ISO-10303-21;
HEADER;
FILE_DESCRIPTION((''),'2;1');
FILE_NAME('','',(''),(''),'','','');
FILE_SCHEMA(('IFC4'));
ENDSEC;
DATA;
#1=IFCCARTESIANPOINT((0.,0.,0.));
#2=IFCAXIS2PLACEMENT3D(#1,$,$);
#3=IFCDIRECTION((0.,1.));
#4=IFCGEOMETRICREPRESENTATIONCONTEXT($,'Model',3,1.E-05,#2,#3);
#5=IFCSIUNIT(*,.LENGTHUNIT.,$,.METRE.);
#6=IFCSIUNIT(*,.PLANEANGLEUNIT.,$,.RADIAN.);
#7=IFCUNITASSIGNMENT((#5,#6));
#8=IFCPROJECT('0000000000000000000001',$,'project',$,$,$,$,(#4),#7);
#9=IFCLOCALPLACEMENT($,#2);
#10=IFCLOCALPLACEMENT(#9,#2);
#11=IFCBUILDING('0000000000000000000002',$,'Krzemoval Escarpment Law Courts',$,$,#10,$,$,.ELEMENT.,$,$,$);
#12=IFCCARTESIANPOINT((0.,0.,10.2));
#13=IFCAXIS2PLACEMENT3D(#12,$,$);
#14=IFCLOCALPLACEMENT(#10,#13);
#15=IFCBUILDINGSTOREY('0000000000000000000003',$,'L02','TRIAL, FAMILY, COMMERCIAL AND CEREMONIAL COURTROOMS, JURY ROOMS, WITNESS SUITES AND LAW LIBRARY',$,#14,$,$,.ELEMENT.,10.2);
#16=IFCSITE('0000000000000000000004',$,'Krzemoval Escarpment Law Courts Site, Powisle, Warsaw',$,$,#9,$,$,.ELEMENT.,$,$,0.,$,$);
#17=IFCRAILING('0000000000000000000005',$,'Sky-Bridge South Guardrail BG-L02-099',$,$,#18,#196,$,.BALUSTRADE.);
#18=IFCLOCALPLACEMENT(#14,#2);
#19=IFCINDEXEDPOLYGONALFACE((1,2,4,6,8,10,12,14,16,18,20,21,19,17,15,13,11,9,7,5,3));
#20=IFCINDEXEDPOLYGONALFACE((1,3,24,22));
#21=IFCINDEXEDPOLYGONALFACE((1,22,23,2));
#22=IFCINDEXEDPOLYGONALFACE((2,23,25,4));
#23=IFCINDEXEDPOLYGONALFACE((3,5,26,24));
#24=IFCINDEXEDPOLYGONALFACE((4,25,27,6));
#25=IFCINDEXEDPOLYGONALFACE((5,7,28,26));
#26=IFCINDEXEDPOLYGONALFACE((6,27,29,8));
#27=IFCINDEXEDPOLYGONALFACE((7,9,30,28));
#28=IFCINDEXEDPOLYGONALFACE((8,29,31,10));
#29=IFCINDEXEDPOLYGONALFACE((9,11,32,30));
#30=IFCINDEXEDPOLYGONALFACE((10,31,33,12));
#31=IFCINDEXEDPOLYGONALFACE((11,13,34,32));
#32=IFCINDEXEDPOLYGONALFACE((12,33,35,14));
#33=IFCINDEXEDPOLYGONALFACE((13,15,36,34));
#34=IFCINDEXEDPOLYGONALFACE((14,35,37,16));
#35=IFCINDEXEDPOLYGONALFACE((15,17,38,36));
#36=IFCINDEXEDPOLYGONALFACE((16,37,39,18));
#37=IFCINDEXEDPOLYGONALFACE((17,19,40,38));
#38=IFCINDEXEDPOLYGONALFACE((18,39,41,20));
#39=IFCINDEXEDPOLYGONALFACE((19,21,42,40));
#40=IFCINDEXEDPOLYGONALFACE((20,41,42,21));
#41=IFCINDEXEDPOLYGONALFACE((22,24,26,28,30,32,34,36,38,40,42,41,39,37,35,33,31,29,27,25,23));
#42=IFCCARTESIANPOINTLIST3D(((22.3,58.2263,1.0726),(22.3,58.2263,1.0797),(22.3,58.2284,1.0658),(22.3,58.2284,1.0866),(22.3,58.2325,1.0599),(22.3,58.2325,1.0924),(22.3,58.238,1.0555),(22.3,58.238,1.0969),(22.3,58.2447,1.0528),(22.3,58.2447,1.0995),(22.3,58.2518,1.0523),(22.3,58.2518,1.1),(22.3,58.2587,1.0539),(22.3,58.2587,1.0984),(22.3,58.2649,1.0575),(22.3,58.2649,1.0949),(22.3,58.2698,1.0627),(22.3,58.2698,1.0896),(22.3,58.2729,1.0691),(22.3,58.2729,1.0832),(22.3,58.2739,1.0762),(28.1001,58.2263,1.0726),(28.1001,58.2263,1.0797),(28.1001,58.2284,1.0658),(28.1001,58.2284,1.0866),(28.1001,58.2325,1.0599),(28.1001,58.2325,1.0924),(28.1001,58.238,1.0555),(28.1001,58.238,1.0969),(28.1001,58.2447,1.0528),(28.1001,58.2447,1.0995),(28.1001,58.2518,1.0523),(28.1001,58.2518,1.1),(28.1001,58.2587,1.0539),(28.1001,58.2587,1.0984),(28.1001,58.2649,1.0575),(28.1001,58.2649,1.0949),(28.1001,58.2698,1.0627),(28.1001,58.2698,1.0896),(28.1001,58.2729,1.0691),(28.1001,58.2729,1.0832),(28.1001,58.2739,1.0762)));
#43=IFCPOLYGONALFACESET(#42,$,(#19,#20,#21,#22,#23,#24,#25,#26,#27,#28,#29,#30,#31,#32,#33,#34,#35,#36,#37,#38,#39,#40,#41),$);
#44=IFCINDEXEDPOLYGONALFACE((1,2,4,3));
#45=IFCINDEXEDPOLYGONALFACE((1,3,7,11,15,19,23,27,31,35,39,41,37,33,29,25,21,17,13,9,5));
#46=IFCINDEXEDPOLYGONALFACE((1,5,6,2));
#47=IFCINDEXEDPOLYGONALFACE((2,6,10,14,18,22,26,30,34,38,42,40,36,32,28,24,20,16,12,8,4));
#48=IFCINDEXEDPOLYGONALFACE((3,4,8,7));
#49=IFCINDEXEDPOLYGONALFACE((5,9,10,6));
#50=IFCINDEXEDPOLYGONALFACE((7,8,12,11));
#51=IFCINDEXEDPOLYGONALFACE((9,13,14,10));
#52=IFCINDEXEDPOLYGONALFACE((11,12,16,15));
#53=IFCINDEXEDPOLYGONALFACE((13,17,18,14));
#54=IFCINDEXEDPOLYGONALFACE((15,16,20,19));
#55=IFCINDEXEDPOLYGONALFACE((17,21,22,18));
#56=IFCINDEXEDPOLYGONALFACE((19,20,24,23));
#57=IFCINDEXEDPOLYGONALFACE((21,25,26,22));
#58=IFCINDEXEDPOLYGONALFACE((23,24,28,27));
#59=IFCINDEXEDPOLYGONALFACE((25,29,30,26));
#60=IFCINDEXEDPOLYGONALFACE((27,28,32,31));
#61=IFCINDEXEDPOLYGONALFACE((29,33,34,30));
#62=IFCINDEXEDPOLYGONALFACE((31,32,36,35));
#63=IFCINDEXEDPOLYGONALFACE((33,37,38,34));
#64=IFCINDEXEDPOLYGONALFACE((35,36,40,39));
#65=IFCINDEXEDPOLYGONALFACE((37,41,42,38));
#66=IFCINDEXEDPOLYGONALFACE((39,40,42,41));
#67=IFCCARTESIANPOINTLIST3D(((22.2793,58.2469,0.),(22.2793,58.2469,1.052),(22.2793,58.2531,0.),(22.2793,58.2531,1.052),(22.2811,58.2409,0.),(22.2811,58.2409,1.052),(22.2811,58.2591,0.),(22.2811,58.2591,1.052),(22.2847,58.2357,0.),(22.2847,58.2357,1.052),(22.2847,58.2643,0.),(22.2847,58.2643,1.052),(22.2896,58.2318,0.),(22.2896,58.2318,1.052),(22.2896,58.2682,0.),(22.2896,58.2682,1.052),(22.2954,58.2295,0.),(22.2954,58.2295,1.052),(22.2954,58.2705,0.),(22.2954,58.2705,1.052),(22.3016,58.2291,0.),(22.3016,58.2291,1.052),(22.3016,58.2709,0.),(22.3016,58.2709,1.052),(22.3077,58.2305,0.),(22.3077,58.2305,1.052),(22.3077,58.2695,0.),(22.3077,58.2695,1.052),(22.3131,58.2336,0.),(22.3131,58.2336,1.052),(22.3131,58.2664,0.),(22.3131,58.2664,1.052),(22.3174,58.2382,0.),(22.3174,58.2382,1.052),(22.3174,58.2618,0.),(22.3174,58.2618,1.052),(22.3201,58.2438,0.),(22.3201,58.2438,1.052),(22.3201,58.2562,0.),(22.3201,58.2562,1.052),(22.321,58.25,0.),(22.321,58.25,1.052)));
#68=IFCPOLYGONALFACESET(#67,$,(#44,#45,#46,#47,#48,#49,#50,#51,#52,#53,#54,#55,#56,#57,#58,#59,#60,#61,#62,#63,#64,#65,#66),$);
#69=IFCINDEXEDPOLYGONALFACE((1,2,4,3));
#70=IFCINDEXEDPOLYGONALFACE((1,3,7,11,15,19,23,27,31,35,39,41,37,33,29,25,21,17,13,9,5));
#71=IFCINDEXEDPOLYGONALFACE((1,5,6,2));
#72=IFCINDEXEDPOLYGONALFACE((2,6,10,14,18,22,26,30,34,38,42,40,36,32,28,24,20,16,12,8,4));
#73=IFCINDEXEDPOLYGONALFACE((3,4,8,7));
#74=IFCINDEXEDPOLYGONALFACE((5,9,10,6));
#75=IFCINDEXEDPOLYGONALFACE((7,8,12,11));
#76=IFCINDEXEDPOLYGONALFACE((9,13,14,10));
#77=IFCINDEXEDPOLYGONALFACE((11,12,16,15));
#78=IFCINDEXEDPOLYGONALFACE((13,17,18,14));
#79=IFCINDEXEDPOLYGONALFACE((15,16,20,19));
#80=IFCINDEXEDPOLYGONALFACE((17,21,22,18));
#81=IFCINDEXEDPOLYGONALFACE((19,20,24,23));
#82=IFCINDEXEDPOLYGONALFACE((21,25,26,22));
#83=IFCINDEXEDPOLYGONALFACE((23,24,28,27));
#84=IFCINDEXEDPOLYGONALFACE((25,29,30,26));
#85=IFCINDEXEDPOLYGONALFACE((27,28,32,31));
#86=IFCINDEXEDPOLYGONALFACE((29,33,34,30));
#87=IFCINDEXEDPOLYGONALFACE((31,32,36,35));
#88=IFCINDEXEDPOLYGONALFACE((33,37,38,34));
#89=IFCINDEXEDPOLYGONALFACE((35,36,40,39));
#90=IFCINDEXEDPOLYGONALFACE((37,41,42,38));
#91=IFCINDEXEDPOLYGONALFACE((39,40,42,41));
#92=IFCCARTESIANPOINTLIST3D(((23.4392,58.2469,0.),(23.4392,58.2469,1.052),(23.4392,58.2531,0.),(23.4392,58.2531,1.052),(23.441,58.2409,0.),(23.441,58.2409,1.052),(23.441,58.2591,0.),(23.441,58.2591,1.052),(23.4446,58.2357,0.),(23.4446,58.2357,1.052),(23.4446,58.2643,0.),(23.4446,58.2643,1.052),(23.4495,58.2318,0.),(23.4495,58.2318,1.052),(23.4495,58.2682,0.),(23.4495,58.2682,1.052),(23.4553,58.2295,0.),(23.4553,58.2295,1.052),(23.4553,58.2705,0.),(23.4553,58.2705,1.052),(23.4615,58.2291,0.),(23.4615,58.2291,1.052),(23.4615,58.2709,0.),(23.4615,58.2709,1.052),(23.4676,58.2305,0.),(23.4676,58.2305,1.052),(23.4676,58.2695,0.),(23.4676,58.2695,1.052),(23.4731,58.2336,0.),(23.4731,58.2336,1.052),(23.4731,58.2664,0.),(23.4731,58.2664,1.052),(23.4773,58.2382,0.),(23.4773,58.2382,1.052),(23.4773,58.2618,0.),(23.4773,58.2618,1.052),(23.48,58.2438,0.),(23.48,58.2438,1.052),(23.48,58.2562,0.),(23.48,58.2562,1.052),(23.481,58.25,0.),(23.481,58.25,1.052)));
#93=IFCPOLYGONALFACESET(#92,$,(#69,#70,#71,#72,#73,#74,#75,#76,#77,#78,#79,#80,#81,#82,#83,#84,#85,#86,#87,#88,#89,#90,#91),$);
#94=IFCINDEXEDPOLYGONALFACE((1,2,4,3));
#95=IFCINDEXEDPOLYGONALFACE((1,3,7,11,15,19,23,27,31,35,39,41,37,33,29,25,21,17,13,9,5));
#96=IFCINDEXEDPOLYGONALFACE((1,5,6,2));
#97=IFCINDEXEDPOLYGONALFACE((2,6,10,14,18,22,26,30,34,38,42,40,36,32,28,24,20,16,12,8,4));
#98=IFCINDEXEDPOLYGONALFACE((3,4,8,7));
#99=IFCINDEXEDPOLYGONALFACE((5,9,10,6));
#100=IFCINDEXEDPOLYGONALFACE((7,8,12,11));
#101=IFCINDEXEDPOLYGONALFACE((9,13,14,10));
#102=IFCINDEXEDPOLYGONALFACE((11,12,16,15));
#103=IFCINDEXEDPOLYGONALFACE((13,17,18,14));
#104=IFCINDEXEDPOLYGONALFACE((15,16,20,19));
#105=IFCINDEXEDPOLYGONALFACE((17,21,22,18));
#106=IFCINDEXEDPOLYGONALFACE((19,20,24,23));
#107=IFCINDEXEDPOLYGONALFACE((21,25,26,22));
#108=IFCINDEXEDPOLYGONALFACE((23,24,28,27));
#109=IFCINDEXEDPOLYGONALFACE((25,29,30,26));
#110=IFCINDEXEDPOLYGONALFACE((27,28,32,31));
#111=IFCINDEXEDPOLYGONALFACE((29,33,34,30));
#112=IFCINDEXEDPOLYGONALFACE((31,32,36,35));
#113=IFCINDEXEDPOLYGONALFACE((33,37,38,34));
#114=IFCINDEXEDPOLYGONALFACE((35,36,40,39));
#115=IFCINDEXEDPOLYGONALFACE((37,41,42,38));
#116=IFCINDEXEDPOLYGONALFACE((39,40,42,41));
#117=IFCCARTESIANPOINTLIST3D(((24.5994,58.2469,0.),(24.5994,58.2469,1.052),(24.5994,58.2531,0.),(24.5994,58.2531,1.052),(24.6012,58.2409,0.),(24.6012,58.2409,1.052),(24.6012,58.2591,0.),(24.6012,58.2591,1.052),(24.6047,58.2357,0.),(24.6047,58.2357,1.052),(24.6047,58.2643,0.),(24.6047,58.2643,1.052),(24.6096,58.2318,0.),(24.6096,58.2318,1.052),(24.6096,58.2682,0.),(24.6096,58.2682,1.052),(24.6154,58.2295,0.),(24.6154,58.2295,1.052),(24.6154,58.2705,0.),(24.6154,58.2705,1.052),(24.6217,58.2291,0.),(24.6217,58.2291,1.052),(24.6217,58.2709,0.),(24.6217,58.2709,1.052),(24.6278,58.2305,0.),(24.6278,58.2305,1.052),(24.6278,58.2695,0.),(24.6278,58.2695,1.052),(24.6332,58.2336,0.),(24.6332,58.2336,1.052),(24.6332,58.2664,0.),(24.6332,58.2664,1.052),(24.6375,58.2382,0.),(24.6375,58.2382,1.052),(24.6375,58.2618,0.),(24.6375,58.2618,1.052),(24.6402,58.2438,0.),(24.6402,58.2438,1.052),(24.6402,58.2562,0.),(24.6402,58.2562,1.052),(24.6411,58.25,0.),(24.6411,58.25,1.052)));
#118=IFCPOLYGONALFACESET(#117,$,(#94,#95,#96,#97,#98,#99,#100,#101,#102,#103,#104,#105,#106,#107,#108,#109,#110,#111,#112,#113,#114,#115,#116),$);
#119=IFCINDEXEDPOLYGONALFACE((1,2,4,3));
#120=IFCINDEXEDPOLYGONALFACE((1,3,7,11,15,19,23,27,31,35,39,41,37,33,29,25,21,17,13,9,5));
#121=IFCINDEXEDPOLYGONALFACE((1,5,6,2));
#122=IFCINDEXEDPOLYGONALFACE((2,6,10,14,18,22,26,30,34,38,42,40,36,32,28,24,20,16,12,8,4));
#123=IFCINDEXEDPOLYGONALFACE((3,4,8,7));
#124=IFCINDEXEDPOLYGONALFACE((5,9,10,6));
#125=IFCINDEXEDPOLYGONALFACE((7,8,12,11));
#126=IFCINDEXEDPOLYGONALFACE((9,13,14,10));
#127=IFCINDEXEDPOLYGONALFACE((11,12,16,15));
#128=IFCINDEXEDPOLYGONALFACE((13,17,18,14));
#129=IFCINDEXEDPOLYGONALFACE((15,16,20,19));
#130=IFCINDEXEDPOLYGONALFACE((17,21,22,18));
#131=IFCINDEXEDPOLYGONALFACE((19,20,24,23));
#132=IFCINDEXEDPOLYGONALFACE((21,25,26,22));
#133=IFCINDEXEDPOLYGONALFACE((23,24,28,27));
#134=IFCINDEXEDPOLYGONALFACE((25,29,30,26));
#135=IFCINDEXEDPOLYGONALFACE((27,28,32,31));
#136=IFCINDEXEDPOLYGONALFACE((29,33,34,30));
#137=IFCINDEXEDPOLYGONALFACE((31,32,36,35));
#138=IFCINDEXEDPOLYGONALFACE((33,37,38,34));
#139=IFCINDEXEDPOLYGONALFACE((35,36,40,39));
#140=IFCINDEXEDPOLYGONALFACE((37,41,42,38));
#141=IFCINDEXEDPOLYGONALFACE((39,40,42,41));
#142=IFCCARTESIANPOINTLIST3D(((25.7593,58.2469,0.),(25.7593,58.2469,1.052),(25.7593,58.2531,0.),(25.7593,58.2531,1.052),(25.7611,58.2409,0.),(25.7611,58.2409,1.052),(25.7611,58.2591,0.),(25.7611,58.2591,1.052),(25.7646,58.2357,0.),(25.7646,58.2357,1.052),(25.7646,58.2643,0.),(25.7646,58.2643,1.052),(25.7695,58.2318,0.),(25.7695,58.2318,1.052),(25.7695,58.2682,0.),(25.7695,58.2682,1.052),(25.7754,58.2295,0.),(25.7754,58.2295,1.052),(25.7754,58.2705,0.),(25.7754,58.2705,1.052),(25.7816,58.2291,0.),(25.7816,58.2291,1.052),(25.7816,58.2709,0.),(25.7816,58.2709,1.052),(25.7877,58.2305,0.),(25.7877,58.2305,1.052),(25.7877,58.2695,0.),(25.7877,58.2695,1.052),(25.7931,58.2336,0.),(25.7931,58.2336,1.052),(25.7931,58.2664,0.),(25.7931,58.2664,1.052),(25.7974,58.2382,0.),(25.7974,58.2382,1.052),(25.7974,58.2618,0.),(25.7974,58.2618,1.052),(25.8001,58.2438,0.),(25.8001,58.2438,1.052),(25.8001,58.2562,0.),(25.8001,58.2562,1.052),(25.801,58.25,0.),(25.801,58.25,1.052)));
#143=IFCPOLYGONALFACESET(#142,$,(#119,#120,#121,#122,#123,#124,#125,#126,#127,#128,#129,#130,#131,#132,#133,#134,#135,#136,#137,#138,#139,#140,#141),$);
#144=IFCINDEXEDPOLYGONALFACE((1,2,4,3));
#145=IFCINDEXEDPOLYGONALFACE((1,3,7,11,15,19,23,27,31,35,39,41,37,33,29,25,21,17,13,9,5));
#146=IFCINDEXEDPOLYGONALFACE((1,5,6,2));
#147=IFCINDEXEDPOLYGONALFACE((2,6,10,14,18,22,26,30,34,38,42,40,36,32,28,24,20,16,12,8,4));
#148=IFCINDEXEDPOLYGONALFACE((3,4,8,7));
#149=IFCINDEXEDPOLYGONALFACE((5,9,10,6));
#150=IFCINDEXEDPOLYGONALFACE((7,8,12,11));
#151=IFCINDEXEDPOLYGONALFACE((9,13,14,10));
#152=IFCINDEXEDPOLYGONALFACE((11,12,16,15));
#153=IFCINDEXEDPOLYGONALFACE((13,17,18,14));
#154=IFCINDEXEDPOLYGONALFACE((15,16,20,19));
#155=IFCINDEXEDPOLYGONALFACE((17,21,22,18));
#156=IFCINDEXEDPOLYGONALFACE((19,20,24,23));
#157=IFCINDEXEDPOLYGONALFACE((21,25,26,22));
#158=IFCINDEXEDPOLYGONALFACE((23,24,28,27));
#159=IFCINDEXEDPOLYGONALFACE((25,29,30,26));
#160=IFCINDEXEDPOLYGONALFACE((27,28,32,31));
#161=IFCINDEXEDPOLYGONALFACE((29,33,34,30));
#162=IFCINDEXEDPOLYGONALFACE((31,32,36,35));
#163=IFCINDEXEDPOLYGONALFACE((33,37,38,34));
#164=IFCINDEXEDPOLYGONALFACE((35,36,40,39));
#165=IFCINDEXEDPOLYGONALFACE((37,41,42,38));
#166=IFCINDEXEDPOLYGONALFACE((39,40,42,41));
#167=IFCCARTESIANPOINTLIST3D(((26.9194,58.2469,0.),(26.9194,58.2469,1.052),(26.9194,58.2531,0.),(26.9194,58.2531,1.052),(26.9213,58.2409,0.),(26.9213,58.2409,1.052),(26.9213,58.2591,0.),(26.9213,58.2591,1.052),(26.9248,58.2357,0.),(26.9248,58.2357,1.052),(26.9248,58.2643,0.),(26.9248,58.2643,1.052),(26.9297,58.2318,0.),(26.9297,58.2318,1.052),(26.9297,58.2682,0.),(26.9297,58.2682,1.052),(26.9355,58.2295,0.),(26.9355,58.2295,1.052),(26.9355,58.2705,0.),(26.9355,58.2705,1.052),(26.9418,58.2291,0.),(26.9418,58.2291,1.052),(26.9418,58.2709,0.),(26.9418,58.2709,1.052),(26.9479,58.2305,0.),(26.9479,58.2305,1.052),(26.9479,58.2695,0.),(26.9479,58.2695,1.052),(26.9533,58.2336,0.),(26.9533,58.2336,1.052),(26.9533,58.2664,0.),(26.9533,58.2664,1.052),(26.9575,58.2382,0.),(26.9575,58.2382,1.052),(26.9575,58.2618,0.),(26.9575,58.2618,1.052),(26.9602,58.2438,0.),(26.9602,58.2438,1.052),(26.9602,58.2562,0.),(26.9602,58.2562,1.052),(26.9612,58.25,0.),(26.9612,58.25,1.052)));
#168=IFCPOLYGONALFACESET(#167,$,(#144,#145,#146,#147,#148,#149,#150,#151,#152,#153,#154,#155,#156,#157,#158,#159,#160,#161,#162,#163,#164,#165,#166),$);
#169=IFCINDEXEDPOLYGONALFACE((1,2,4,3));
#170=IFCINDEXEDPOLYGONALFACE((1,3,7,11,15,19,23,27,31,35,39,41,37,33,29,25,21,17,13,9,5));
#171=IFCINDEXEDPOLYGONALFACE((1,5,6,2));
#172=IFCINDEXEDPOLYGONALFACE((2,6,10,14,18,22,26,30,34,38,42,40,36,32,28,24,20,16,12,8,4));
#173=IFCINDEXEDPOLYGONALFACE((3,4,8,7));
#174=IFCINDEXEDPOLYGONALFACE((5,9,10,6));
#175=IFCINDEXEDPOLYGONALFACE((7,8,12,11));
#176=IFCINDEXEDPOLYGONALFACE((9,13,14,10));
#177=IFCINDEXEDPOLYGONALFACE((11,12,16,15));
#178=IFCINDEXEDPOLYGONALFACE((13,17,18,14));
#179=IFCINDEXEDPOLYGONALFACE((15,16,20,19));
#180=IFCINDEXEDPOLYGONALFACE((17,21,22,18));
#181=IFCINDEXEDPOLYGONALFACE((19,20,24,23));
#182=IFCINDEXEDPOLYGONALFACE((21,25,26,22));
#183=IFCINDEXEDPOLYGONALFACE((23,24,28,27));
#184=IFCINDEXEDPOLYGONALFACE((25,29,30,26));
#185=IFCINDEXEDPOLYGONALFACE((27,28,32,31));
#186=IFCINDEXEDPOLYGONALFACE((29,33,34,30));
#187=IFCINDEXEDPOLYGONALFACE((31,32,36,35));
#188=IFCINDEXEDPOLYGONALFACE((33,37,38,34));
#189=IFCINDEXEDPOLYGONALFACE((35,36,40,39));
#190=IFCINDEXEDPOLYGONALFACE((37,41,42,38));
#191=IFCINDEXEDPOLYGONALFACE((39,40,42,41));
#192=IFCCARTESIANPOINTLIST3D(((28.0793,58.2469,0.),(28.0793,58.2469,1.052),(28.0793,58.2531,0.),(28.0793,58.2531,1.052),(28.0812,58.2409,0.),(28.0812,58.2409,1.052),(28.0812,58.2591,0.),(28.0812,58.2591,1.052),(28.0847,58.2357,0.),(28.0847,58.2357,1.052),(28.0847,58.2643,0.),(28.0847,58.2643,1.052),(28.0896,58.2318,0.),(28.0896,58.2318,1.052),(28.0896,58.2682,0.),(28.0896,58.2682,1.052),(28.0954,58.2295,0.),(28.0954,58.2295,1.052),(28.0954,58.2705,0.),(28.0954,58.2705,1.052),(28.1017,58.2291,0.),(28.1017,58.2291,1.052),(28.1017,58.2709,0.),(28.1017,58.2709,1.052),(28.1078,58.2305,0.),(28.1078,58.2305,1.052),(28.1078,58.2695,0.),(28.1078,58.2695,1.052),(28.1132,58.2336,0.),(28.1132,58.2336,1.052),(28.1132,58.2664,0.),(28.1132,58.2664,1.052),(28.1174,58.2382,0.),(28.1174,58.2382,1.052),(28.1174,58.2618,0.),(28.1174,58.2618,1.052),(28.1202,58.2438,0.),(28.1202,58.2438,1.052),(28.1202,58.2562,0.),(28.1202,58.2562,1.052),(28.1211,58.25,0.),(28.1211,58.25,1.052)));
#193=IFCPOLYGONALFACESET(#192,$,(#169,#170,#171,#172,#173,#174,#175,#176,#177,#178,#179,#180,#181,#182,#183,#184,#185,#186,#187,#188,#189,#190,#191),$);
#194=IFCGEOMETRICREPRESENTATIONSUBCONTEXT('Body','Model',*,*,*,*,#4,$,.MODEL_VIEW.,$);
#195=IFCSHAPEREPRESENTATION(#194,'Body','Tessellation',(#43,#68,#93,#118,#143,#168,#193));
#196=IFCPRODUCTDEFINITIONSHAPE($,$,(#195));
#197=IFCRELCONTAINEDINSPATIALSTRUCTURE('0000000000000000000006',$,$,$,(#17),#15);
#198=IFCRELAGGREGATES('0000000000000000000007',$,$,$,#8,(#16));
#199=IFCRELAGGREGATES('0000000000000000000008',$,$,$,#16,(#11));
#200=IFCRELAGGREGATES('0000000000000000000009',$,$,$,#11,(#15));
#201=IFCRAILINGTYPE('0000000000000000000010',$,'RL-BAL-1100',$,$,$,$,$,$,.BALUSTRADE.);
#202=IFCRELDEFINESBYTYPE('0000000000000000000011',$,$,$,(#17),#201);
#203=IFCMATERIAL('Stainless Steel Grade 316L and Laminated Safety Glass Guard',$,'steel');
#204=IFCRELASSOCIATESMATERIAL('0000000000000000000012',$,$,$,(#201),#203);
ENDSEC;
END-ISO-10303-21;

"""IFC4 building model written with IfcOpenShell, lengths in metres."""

from ifc_helpers import new_model, si_unit, direction, frame, origin, origin_2d, place, context, subcontext, project, spatial, circle, extrude, material, type_object, element, save


model = new_model("IFC4")

# Units and contexts
model_context = context("Model", 3, precision=1e-05, world=origin(), true_north=direction((0.0, 1.0)))
body_context = subcontext(model_context, "Body", "Model", "MODEL_VIEW")
ifc_project = project(units=[si_unit("LENGTHUNIT", "METRE"), si_unit("PLANEANGLEUNIT", "RADIAN")], contexts=[model_context])

# Site, building, storey
site_placement = place(None, origin())
site = spatial("IfcSite", under=ifc_project, at=site_placement, Name="Krzemoval Escarpment Law Courts Site, Powisle, Warsaw", CompositionType="ELEMENT", RefElevation=0.0)
building_placement = place(site_placement, origin())
building = spatial("IfcBuilding", under=site, at=building_placement, Name="Krzemoval Escarpment Law Courts", CompositionType="ELEMENT")
storey_placement = place(building_placement, frame((0.0, 0.0, 10.2)))
storey = spatial("IfcBuildingStorey", under=building, at=storey_placement, Name="L02", Description="TRIAL, FAMILY, COMMERCIAL AND CEREMONIAL COURTROOMS, JURY ROOMS, WITNESS SUITES AND LAW LIBRARY", CompositionType="ELEMENT", Elevation=10.2)

# Railing
ifc_material_1 = material(Name="Stainless Steel Grade 316L and Laminated Safety Glass Guard", Category="steel")
railing_type_1 = type_object("IfcRailingType", Name="RL-BAL-1100", PredefinedType="BALUSTRADE", material=ifc_material_1)
railing_1_placement = place(storey_placement, frame((22.3, 58.25, 0.0)))
element("IfcRailing", 1, at=railing_1_placement, inside=storey, type_object=railing_type_1, Name="Sky-Bridge South Guardrail BG-L02-099", PredefinedType="BALUSTRADE", context=body_context, shape_type="SweptSolid", body=[
    extrude(circle(Radius=0.0239, at=origin_2d()), frame((0.0, 0.0, 1.0762), z_axis=(1.0, 0.0, 0.0), x_axis=(0.0, 1.0, 0.0)), (0.0, 0.0, 1.0), 5.8),
    extrude(circle(Radius=0.021, at=origin_2d()), origin(), (0.0, 0.0, 1.0), 1.052),
    extrude(circle(Radius=0.021, at=origin_2d()), frame((1.1599, 0.0, 0.0)), (0.0, 0.0, 1.0), 1.052),
    extrude(circle(Radius=0.021, at=origin_2d()), frame((2.3201, 0.0, 0.0)), (0.0, 0.0, 1.0), 1.052),
    extrude(circle(Radius=0.021, at=origin_2d()), frame((3.48, 0.0, 0.0)), (0.0, 0.0, 1.0), 1.052),
    extrude(circle(Radius=0.021, at=origin_2d()), frame((4.6401, 0.0, 0.0)), (0.0, 0.0, 1.0), 1.052),
    extrude(circle(Radius=0.021, at=origin_2d()), frame((5.8, 0.0, 0.0)), (0.0, 0.0, 1.0), 1.052),
])

save(model, "model.ifc")
